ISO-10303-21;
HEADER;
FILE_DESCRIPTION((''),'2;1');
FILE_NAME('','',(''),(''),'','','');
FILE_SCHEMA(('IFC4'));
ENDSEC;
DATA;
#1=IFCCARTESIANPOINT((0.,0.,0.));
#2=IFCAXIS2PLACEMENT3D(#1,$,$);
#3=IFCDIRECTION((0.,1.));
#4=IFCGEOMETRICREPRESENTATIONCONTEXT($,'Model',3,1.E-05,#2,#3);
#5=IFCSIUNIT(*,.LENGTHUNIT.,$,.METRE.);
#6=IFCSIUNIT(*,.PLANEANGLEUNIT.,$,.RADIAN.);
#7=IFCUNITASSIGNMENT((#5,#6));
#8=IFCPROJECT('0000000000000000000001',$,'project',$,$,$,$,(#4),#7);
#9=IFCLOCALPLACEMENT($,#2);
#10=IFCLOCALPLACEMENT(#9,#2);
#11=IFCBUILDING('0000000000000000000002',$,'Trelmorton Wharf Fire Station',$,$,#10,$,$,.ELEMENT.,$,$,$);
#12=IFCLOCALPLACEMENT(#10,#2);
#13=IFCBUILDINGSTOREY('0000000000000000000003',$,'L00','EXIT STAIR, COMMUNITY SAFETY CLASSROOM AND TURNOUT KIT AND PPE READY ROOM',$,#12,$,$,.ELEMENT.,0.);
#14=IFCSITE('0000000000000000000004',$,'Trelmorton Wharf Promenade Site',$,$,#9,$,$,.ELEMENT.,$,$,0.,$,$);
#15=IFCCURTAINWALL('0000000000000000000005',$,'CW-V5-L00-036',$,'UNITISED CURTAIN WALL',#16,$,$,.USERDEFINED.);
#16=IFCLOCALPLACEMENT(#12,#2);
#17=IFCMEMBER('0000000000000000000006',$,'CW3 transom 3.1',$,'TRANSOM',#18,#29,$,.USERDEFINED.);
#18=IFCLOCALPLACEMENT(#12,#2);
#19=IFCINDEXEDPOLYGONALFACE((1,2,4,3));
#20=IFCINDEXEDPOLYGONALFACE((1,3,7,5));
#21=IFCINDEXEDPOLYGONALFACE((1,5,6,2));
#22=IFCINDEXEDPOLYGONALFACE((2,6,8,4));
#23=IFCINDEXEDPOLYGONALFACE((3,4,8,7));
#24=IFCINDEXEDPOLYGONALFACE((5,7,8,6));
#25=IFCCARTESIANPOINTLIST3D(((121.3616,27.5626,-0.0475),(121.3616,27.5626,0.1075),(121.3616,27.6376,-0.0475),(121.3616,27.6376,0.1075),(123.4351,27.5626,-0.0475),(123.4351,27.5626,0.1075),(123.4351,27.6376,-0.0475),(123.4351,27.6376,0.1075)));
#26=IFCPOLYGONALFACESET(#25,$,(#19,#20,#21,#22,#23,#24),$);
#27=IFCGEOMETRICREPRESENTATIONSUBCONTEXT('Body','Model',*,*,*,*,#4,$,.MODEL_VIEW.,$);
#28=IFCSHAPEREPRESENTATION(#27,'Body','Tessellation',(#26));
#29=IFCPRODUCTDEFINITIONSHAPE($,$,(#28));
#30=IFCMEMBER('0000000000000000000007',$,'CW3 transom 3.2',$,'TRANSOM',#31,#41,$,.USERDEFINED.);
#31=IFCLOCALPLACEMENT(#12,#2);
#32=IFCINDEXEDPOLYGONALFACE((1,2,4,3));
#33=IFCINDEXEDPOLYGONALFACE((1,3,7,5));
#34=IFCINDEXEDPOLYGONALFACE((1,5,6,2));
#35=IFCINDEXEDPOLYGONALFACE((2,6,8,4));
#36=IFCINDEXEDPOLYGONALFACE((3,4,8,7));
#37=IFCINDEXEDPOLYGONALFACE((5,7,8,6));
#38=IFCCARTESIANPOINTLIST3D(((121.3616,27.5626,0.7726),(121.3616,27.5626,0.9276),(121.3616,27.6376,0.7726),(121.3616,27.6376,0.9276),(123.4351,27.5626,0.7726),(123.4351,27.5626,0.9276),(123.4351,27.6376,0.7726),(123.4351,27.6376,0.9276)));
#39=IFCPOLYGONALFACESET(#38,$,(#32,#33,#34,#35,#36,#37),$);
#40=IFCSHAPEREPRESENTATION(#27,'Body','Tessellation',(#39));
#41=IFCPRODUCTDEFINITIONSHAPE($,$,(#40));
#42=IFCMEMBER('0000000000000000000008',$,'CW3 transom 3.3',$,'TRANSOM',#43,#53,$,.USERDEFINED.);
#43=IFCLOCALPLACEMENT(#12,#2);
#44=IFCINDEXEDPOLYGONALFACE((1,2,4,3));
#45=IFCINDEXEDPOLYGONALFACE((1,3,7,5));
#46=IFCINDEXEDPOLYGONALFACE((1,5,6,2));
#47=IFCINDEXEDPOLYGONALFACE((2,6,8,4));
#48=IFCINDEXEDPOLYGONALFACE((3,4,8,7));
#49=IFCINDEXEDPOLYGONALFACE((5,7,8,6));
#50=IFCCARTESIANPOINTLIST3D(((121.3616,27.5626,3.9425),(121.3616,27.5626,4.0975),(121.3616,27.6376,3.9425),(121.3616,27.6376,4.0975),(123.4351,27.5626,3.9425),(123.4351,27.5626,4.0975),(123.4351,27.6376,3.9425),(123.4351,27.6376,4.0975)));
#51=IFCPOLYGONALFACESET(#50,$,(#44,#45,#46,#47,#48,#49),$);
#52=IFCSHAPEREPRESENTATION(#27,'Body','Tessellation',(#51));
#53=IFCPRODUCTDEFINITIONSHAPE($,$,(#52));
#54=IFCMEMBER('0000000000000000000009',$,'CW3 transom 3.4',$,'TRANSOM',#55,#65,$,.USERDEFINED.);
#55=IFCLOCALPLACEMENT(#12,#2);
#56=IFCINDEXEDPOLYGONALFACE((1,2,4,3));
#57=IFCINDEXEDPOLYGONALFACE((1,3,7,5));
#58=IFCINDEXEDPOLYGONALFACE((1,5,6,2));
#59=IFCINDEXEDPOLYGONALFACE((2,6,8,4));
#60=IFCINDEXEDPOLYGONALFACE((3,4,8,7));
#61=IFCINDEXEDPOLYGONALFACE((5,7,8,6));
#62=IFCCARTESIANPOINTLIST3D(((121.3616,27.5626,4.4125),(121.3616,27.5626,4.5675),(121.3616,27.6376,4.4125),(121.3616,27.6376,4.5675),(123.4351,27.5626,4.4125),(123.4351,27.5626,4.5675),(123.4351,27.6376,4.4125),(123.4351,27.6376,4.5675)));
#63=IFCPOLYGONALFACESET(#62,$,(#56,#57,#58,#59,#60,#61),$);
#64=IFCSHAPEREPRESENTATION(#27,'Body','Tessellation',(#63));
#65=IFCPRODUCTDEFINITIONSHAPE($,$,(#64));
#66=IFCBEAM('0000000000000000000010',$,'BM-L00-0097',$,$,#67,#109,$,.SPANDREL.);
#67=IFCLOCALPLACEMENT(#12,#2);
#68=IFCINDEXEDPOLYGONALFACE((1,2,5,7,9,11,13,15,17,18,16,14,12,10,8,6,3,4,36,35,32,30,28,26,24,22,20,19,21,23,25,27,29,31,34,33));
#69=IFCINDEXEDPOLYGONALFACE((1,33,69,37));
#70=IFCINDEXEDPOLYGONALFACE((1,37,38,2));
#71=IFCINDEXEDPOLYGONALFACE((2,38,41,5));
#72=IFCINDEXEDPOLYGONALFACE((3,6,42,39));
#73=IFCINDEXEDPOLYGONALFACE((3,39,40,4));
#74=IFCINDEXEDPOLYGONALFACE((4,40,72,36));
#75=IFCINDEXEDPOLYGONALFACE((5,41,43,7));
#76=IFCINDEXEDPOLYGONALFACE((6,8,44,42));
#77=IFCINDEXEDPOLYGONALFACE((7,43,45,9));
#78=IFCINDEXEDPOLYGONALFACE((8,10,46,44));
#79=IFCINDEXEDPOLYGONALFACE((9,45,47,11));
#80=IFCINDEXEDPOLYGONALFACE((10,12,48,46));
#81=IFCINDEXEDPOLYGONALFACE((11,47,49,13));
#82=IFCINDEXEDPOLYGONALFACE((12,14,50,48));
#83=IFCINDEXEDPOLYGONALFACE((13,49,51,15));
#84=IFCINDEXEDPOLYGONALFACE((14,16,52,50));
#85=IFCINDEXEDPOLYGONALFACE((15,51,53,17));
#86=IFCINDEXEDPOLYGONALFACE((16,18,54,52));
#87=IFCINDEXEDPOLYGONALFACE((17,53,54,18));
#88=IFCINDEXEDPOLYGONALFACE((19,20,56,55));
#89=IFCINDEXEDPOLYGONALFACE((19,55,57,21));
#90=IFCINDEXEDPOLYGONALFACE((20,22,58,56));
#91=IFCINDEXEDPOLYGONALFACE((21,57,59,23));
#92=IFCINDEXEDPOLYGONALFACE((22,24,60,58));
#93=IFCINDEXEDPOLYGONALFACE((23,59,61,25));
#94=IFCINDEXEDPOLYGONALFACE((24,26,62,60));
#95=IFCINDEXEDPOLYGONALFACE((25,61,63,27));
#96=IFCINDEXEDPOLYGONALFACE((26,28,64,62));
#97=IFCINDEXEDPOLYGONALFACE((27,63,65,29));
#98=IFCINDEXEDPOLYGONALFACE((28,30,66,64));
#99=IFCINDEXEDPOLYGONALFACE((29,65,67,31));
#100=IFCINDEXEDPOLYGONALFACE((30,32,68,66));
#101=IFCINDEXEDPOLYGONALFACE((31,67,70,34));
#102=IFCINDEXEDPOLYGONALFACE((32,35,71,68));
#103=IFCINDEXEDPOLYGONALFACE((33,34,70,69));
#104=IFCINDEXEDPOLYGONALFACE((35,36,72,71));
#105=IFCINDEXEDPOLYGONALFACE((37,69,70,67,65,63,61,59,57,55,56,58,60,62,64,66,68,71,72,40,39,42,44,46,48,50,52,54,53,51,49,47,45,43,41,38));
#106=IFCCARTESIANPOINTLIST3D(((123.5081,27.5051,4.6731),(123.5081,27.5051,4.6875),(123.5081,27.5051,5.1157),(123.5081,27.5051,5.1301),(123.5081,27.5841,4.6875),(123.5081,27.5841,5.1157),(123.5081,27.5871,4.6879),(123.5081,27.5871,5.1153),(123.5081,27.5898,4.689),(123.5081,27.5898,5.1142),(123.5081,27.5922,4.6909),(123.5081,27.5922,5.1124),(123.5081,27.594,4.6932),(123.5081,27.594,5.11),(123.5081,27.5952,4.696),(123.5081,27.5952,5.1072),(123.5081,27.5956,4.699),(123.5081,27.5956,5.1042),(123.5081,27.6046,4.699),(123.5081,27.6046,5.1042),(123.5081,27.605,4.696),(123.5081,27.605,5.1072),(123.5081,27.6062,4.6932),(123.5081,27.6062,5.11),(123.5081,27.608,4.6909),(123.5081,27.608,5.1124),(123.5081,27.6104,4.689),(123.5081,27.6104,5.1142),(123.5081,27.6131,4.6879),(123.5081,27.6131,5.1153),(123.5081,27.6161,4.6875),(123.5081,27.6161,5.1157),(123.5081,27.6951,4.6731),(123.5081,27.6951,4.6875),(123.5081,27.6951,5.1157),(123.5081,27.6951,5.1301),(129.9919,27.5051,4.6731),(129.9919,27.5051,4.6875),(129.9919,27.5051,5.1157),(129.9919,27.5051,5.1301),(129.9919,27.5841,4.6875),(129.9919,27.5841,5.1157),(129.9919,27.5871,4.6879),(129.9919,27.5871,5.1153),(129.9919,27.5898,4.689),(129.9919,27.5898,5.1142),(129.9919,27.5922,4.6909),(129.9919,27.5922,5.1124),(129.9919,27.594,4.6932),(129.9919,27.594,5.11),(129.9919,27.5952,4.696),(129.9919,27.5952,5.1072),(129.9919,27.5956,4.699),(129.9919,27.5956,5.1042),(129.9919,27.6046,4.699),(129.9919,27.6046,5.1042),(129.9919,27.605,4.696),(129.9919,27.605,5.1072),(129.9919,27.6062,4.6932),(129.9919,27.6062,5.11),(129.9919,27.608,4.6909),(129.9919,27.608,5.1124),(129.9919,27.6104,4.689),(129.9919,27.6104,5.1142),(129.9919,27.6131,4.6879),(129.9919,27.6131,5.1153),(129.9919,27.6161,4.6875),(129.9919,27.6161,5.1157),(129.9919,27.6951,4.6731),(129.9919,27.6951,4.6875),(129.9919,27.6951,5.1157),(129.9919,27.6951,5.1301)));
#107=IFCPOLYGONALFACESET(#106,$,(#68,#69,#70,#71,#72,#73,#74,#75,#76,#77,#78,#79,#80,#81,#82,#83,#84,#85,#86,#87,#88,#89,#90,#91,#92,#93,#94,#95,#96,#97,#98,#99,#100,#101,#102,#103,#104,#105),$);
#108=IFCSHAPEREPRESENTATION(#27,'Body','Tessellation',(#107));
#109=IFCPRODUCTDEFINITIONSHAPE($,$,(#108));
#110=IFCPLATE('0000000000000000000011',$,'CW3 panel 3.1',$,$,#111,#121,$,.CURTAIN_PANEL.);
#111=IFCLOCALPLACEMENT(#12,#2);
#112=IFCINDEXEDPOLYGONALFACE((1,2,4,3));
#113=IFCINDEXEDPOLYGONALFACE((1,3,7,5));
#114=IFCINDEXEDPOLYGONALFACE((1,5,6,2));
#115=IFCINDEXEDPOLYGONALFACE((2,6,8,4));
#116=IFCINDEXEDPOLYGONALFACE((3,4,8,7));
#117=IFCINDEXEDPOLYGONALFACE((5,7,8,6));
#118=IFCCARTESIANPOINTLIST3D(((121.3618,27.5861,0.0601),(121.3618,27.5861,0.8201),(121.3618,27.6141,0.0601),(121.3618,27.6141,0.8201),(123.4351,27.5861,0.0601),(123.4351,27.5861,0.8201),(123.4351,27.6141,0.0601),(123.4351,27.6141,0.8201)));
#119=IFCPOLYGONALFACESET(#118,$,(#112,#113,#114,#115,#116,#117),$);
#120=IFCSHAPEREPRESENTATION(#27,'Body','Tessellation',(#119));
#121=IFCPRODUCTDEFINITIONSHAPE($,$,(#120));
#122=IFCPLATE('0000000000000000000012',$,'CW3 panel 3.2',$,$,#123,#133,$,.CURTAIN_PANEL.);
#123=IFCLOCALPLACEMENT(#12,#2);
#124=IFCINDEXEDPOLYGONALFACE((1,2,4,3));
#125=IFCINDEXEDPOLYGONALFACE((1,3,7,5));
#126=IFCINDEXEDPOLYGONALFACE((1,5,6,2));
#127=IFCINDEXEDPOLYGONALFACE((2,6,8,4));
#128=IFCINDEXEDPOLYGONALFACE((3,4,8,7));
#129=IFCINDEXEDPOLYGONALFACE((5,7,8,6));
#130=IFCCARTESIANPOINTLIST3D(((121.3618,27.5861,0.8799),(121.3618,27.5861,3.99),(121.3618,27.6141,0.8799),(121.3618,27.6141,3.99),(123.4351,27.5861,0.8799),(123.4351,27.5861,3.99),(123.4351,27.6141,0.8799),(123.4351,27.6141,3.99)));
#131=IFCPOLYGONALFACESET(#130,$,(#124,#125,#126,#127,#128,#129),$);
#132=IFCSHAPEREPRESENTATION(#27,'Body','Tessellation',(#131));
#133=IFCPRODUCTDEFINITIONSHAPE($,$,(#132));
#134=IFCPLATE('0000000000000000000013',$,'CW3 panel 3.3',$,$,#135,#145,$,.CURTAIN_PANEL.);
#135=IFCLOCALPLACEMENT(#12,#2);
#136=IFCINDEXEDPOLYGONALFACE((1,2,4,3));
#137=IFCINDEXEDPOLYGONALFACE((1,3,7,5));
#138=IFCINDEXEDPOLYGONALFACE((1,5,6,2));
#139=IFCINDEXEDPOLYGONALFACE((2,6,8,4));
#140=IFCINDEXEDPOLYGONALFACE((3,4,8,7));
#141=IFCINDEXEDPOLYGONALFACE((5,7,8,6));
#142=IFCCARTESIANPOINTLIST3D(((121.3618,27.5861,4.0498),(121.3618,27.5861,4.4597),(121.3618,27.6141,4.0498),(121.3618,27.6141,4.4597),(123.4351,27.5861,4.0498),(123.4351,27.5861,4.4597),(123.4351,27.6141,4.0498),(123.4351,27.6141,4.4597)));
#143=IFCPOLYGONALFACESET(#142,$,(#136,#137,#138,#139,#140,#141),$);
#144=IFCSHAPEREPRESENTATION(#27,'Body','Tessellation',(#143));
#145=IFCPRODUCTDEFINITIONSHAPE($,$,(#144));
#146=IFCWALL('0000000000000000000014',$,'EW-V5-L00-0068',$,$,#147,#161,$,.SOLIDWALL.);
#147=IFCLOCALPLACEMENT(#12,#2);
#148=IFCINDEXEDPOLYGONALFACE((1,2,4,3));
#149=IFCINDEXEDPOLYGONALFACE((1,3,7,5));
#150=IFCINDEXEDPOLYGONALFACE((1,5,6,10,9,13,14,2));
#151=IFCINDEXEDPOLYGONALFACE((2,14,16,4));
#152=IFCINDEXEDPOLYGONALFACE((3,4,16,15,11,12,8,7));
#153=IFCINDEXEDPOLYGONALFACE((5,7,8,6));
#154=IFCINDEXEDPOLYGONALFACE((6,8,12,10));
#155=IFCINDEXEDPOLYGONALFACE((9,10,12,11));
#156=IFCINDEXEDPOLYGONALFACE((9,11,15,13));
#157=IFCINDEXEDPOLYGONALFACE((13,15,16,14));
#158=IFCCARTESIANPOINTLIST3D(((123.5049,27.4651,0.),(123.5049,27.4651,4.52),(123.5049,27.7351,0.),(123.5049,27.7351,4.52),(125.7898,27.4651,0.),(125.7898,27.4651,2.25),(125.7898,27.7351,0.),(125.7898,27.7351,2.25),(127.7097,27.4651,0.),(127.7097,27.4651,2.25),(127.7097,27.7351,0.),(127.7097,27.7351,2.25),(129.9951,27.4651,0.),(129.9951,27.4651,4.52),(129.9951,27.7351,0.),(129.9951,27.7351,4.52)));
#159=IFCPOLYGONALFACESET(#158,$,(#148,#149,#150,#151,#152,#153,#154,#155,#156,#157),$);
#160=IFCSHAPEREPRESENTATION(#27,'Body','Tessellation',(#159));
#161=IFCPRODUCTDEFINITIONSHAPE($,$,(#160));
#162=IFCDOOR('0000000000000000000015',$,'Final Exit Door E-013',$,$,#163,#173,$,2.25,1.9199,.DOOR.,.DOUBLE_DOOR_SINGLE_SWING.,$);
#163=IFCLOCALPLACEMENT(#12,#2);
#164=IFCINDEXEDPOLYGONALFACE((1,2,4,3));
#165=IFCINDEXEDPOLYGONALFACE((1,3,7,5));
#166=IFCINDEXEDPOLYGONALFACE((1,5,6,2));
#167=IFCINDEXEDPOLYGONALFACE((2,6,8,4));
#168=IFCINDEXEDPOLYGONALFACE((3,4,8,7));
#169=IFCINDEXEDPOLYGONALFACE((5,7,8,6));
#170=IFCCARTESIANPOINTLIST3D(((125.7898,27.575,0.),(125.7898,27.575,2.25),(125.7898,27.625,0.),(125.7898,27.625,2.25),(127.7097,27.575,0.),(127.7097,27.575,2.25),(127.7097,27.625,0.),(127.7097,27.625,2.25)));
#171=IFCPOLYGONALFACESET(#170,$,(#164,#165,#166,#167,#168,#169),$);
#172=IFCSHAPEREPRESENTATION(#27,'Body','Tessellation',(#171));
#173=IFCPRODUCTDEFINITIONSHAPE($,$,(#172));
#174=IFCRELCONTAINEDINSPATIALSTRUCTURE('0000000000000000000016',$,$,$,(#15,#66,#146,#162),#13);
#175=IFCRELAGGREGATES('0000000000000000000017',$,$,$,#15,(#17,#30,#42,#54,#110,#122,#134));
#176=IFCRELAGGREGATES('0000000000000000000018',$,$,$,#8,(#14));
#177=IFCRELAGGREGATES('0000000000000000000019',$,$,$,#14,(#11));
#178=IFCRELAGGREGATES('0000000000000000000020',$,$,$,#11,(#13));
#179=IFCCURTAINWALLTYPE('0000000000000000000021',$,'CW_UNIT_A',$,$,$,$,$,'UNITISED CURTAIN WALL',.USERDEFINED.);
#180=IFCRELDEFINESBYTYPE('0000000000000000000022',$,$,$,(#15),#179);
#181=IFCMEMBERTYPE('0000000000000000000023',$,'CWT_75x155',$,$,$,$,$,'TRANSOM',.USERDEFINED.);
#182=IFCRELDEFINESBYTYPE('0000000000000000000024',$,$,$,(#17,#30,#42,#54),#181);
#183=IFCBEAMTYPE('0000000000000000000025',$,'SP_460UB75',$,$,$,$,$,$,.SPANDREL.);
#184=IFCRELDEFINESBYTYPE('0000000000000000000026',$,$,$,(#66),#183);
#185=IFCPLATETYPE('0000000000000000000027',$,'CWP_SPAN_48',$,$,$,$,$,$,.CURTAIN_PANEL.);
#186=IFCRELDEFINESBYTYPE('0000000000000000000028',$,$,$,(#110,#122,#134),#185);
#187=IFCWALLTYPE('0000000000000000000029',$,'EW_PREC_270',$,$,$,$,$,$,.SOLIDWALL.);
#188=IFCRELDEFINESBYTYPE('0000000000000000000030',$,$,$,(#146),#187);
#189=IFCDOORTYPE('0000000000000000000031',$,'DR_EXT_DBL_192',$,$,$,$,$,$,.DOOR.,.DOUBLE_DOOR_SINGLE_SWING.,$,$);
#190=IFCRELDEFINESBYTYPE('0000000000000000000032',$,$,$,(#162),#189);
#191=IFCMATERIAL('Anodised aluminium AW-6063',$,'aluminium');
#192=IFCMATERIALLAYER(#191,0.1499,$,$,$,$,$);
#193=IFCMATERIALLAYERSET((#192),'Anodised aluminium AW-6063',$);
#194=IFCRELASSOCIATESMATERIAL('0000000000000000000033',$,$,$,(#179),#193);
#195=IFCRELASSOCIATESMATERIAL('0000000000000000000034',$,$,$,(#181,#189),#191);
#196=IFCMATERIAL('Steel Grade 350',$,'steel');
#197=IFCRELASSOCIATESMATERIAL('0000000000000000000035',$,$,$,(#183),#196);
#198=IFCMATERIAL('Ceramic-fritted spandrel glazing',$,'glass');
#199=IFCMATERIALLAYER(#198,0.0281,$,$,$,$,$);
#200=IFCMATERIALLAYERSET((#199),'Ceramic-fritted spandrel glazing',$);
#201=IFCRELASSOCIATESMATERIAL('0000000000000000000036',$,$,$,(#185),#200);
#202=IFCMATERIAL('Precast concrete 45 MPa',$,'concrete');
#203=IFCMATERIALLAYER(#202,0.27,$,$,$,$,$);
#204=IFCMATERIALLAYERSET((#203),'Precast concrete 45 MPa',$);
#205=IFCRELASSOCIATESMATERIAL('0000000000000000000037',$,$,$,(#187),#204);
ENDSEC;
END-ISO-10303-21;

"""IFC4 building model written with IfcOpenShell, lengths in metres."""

from ifc_helpers import new_model, si_unit, direction, frame, frame_2d, origin, origin_2d, place, context, subcontext, project, spatial, rectangle, i_section, extrude, material, layer, layer_set, material_profile, profile_set, type_object, element, fill, aggregate, save


model = new_model("IFC4")

# Units and contexts
model_context = context("Model", 3, precision=1e-05, world=origin(), true_north=direction((0.0, 1.0)))
body_context = subcontext(model_context, "Body", "Model", "MODEL_VIEW")
ifc_project = project(units=[si_unit("LENGTHUNIT", "METRE"), si_unit("PLANEANGLEUNIT", "RADIAN")], contexts=[model_context])

# Site, building, storey
site_placement = place(None, origin())
site = spatial("IfcSite", under=ifc_project, at=site_placement, Name="Trelmorton Wharf Promenade Site", CompositionType="ELEMENT", RefElevation=0.0)
building_placement = place(site_placement, origin())
building = spatial("IfcBuilding", under=site, at=building_placement, Name="Trelmorton Wharf Fire Station", CompositionType="ELEMENT")
storey_placement = place(building_placement, origin())
storey = spatial("IfcBuildingStorey", under=building, at=storey_placement, Name="L00", Description="EXIT STAIR, COMMUNITY SAFETY CLASSROOM AND TURNOUT KIT AND PPE READY ROOM", CompositionType="ELEMENT", Elevation=0.0)

# Shared definitions
ifc_material_1 = material(Name="Steel Grade 350", Category="steel")

# Curtain wall, members
ifc_material_2 = material(Name="Anodised aluminium AW-6063", Category="aluminium")
ifc_layer_1 = layer(ifc_material_2, 0.1499)
ifc_layer_set_1 = layer_set([ifc_layer_1], Name="Anodised aluminium AW-6063")
curtain_wall_type = type_object("IfcCurtainWallType", Name="CW_UNIT_A", ElementType="UNITISED CURTAIN WALL", PredefinedType="USERDEFINED", material=ifc_layer_set_1)
curtain_wall_placement = place(storey_placement, origin())
curtain_wall = element("IfcCurtainWall", 1, at=curtain_wall_placement, inside=storey, type_object=curtain_wall_type, Name="CW-V5-L00-036", ObjectType="UNITISED CURTAIN WALL", PredefinedType="USERDEFINED")
ifc_material_profile_1 = material_profile(ifc_material_2, rectangle(XDim=0.075, YDim=0.155, at=origin_2d()), Name="ALU-75x155")
ifc_profile_set_1 = profile_set([ifc_material_profile_1], Name="Anodised aluminium AW-6063")
member_type_1 = type_object("IfcMemberType", Name="CWT_75x155", ElementType="TRANSOM", PredefinedType="USERDEFINED", material=ifc_profile_set_1)
member_1_placement = place(storey_placement, frame((121.3616, 27.6001, 0.03), z_axis=(1.0, 0.0, 0.0), x_axis=(0.0, 1.0, 0.0)))
member_1 = element("IfcMember", 2, at=member_1_placement, type_object=member_type_1, Name="CW3 transom 3.1", ObjectType="TRANSOM", PredefinedType="USERDEFINED", context=body_context, shape_type="SweptSolid", body=[
    extrude(rectangle(XDim=0.075, YDim=0.155, at=origin_2d()), origin(), (0.0, 0.0, 1.0), 2.0735),
])
member_2_placement = place(storey_placement, frame((121.3616, 27.6001, 0.8501), z_axis=(1.0, 0.0, 0.0), x_axis=(0.0, 1.0, 0.0)))
member_2 = element("IfcMember", 3, at=member_2_placement, type_object=member_type_1, Name="CW3 transom 3.2", ObjectType="TRANSOM", PredefinedType="USERDEFINED", context=body_context, shape_type="SweptSolid", body=[
    extrude(rectangle(XDim=0.075, YDim=0.155, at=origin_2d()), origin(), (0.0, 0.0, 1.0), 2.0735),
])
member_3_placement = place(storey_placement, frame((121.3616, 27.6001, 4.02), z_axis=(1.0, 0.0, 0.0), x_axis=(0.0, 1.0, 0.0)))
member_3 = element("IfcMember", 4, at=member_3_placement, type_object=member_type_1, Name="CW3 transom 3.3", ObjectType="TRANSOM", PredefinedType="USERDEFINED", context=body_context, shape_type="SweptSolid", body=[
    extrude(rectangle(XDim=0.075, YDim=0.155, at=origin_2d()), origin(), (0.0, 0.0, 1.0), 2.0735),
])
member_4_placement = place(storey_placement, frame((121.3616, 27.6001, 4.49), z_axis=(1.0, 0.0, 0.0), x_axis=(0.0, 1.0, 0.0)))
member_4 = element("IfcMember", 5, at=member_4_placement, type_object=member_type_1, Name="CW3 transom 3.4", ObjectType="TRANSOM", PredefinedType="USERDEFINED", context=body_context, shape_type="SweptSolid", body=[
    extrude(rectangle(XDim=0.075, YDim=0.155, at=origin_2d()), origin(), (0.0, 0.0, 1.0), 2.0735),
])

# Beam
ifc_material_profile_2 = material_profile(ifc_material_1, i_section(OverallWidth=0.1899, OverallDepth=0.457, WebThickness=0.009, FlangeThickness=0.0144, FilletRadius=0.0115, at=origin_2d()), Name="460UB74.6")
ifc_profile_set_2 = profile_set([ifc_material_profile_2], Name="Steel Grade 350")
beam_type = type_object("IfcBeamType", Name="SP_460UB75", PredefinedType="SPANDREL", material=ifc_profile_set_2)
beam_placement = place(storey_placement, frame((123.5081, 27.6001, 4.9016), z_axis=(1.0, 0.0, 0.0), x_axis=(0.0, 1.0, 0.0)))
element("IfcBeam", 6, at=beam_placement, inside=storey, type_object=beam_type, Name="BM-L00-0097", PredefinedType="SPANDREL", context=body_context, shape_type="SweptSolid", body=[
    extrude(i_section(OverallWidth=0.1899, OverallDepth=0.457, WebThickness=0.009, FlangeThickness=0.0144, FilletRadius=0.0115, at=origin_2d()), origin(), (0.0, 0.0, 1.0), 6.4839),
])

# Plates
ifc_material_3 = material(Name="Ceramic-fritted spandrel glazing", Category="glass")
ifc_layer_2 = layer(ifc_material_3, 0.0281)
ifc_layer_set_2 = layer_set([ifc_layer_2], Name="Ceramic-fritted spandrel glazing")
plate_type = type_object("IfcPlateType", Name="CWP_SPAN_48", PredefinedType="CURTAIN_PANEL", material=ifc_layer_set_2)
plate_1_placement = place(storey_placement, frame((122.3984, 27.6001, 0.0601), z_axis=(0.0, 0.0, 1.0), x_axis=(1.0, 0.0, 0.0)))
plate_1 = element("IfcPlate", 7, at=plate_1_placement, type_object=plate_type, Name="CW3 panel 3.1", PredefinedType="CURTAIN_PANEL", context=body_context, shape_type="SweptSolid", body=[
    extrude(rectangle(XDim=2.0732, YDim=0.0281, at=origin_2d()), origin(), (0.0, 0.0, 1.0), 0.76),
])
plate_2_placement = place(storey_placement, frame((122.3984, 27.6001, 0.8799), z_axis=(0.0, 0.0, 1.0), x_axis=(1.0, 0.0, 0.0)))
plate_2 = element("IfcPlate", 8, at=plate_2_placement, type_object=plate_type, Name="CW3 panel 3.2", PredefinedType="CURTAIN_PANEL", context=body_context, shape_type="SweptSolid", body=[
    extrude(rectangle(XDim=2.0732, YDim=0.0281, at=origin_2d()), origin(), (0.0, 0.0, 1.0), 3.1101),
])
plate_3_placement = place(storey_placement, frame((122.3984, 27.6001, 4.0498), z_axis=(0.0, 0.0, 1.0), x_axis=(1.0, 0.0, 0.0)))
plate_3 = element("IfcPlate", 9, at=plate_3_placement, type_object=plate_type, Name="CW3 panel 3.3", PredefinedType="CURTAIN_PANEL", context=body_context, shape_type="SweptSolid", body=[
    extrude(rectangle(XDim=2.0732, YDim=0.0281, at=origin_2d()), origin(), (0.0, 0.0, 1.0), 0.4099),
])
aggregate(curtain_wall, [member_1, member_2, member_3, member_4, plate_1, plate_2, plate_3])

# Wall, opening, door
ifc_material_4 = material(Name="Precast concrete 45 MPa", Category="concrete")
ifc_layer_3 = layer(ifc_material_4, 0.27)
ifc_layer_set_3 = layer_set([ifc_layer_3], Name="Precast concrete 45 MPa")
wall_type_1 = type_object("IfcWallType", Name="EW_PREC_270", PredefinedType="SOLIDWALL", material=ifc_layer_set_3)
wall_1_placement = place(storey_placement, frame((123.5049, 27.6001, 0.0), z_axis=(0.0, 0.0, 1.0), x_axis=(1.0, 0.0, 0.0)))
wall_1 = element("IfcWall", 10, at=wall_1_placement, inside=storey, type_object=wall_type_1, Name="EW-V5-L00-0068", PredefinedType="SOLIDWALL", context=body_context, shape_type="SweptSolid", body=[
    extrude(rectangle(XDim=6.4902, YDim=0.27, at=frame_2d((3.2451, 0.0))), origin(), (0.0, 0.0, 1.0), 4.52),
])
opening_1_placement = place(wall_1_placement, frame((2.2849, 0.0, 0.0)))
opening_1 = element("IfcOpeningElement", 11, at=opening_1_placement, cuts=wall_1, PredefinedType="OPENING", context=body_context, shape_type="SweptSolid", body=[
    extrude(rectangle(XDim=1.9199, YDim=2.25, at=frame_2d((0.96, 1.125))), frame((0.0, 0.145, 0.0), z_axis=(0.0, -1.0, 0.0), x_axis=(1.0, 0.0, 0.0)), (0.0, 0.0, 1.0), 0.29),
])
door_type_1 = type_object("IfcDoorType", Name="DR_EXT_DBL_192", OperationType="DOUBLE_DOOR_SINGLE_SWING", PredefinedType="DOOR", material=ifc_material_2)
door_1_placement = place(opening_1_placement, origin())
door_1 = element("IfcDoor", 12, at=door_1_placement, inside=storey, type_object=door_type_1, Name="Final Exit Door E-013", OperationType="DOUBLE_DOOR_SINGLE_SWING", OverallHeight=2.25, OverallWidth=1.9199, PredefinedType="DOOR", context=body_context, shape_type="SweptSolid", body=[
    extrude(rectangle(XDim=1.9199, YDim=2.25, at=frame_2d((0.96, 1.125))), frame((0.0, 0.0249, 0.0), z_axis=(0.0, -1.0, 0.0), x_axis=(1.0, 0.0, 0.0)), (0.0, 0.0, 1.0), 0.05),
])
fill(opening_1, door_1)

save(model, "model.ifc")
